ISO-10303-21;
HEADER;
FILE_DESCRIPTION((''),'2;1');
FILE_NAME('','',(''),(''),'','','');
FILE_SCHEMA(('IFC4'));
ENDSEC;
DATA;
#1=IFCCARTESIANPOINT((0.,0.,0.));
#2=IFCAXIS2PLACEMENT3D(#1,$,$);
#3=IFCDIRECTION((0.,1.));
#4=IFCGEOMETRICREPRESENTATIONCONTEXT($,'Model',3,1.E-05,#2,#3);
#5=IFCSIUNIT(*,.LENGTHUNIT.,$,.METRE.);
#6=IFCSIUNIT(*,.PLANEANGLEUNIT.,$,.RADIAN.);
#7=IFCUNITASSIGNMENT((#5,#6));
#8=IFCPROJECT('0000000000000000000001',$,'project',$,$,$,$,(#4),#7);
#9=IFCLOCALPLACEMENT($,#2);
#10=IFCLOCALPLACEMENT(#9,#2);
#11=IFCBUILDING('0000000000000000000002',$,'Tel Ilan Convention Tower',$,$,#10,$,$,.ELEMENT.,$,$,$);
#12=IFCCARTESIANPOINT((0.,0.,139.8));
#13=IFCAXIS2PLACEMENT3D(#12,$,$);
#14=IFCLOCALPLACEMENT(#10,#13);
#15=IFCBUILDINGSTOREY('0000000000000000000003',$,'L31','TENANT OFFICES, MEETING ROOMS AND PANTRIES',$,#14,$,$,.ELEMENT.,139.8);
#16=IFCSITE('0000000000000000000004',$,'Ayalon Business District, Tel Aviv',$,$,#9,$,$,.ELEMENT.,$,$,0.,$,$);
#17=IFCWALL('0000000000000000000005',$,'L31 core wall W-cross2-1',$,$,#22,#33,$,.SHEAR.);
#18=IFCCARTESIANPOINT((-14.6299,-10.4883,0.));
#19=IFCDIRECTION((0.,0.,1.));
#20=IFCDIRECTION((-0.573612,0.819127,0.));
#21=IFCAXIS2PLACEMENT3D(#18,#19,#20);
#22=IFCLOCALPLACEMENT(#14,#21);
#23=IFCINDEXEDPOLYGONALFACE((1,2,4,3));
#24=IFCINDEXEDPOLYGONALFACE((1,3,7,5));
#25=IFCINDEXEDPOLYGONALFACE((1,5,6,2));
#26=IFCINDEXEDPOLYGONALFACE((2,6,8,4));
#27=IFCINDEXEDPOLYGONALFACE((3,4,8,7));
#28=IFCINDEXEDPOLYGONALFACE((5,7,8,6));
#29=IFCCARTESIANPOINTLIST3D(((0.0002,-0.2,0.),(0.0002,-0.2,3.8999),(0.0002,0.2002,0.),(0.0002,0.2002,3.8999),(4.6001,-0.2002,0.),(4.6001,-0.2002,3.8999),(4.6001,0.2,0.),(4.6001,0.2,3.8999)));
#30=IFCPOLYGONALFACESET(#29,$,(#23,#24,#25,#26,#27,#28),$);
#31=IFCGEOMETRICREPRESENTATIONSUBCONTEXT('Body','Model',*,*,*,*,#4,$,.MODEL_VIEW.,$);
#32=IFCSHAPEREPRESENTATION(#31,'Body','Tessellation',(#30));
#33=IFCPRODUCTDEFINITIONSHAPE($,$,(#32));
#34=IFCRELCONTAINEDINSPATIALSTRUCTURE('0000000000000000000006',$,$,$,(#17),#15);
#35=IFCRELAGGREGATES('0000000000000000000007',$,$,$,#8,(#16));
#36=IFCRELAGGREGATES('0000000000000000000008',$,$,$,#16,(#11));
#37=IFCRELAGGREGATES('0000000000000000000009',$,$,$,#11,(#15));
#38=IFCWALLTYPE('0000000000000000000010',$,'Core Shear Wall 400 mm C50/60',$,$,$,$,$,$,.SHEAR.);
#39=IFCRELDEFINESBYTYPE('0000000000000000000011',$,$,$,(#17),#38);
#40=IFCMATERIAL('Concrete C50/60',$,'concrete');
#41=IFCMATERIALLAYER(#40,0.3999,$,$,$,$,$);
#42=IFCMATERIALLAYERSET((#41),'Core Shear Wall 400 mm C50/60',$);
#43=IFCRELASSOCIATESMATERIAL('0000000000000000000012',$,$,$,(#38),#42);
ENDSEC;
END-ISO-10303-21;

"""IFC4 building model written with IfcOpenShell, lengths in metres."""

from ifc_helpers import new_model, si_unit, direction, frame, origin, place, context, subcontext, project, spatial, polyline, outline, extrude, material, layer, layer_set, type_object, element, save


model = new_model("IFC4")

# Units and contexts
model_context = context("Model", 3, precision=1e-05, world=origin(), true_north=direction((0.0, 1.0)))
body_context = subcontext(model_context, "Body", "Model", "MODEL_VIEW")
ifc_project = project(units=[si_unit("LENGTHUNIT", "METRE"), si_unit("PLANEANGLEUNIT", "RADIAN")], contexts=[model_context])

# Site, building, storey
site_placement = place(None, origin())
site = spatial("IfcSite", under=ifc_project, at=site_placement, Name="Ayalon Business District, Tel Aviv", CompositionType="ELEMENT", RefElevation=0.0)
building_placement = place(site_placement, origin())
building = spatial("IfcBuilding", under=site, at=building_placement, Name="Tel Ilan Convention Tower", CompositionType="ELEMENT")
storey_placement = place(building_placement, frame((0.0, 0.0, 139.8)))
storey = spatial("IfcBuildingStorey", under=building, at=storey_placement, Name="L31", Description="TENANT OFFICES, MEETING ROOMS AND PANTRIES", CompositionType="ELEMENT", Elevation=139.8)

# Wall
ifc_material_1 = material(Name="Concrete C50/60", Category="concrete")
ifc_layer_1 = layer(ifc_material_1, 0.3999)
ifc_layer_set_1 = layer_set([ifc_layer_1], Name="Core Shear Wall 400 mm C50/60")
wall_type_1 = type_object("IfcWallType", Name="Core Shear Wall 400 mm C50/60", PredefinedType="SHEAR", material=ifc_layer_set_1)
wall_1_placement = place(storey_placement, frame((-14.6299, -10.4883, 0.0), z_axis=(0.0, 0.0, 1.0), x_axis=(-0.573612, 0.819127, 0.0)))
element("IfcWall", 1, at=wall_1_placement, inside=storey, type_object=wall_type_1, Name="L31 core wall W-cross2-1", PredefinedType="SHEAR", context=body_context, shape_type="SweptSolid", body=[
    extrude(outline(polyline([(4.6001, 0.2), (0.0002, 0.2002), (0.0002, -0.2), (4.6001, -0.2002), (4.6001, 0.2)])), origin(), (0.0, 0.0, 1.0), 3.8999),
])

save(model, "model.ifc")
